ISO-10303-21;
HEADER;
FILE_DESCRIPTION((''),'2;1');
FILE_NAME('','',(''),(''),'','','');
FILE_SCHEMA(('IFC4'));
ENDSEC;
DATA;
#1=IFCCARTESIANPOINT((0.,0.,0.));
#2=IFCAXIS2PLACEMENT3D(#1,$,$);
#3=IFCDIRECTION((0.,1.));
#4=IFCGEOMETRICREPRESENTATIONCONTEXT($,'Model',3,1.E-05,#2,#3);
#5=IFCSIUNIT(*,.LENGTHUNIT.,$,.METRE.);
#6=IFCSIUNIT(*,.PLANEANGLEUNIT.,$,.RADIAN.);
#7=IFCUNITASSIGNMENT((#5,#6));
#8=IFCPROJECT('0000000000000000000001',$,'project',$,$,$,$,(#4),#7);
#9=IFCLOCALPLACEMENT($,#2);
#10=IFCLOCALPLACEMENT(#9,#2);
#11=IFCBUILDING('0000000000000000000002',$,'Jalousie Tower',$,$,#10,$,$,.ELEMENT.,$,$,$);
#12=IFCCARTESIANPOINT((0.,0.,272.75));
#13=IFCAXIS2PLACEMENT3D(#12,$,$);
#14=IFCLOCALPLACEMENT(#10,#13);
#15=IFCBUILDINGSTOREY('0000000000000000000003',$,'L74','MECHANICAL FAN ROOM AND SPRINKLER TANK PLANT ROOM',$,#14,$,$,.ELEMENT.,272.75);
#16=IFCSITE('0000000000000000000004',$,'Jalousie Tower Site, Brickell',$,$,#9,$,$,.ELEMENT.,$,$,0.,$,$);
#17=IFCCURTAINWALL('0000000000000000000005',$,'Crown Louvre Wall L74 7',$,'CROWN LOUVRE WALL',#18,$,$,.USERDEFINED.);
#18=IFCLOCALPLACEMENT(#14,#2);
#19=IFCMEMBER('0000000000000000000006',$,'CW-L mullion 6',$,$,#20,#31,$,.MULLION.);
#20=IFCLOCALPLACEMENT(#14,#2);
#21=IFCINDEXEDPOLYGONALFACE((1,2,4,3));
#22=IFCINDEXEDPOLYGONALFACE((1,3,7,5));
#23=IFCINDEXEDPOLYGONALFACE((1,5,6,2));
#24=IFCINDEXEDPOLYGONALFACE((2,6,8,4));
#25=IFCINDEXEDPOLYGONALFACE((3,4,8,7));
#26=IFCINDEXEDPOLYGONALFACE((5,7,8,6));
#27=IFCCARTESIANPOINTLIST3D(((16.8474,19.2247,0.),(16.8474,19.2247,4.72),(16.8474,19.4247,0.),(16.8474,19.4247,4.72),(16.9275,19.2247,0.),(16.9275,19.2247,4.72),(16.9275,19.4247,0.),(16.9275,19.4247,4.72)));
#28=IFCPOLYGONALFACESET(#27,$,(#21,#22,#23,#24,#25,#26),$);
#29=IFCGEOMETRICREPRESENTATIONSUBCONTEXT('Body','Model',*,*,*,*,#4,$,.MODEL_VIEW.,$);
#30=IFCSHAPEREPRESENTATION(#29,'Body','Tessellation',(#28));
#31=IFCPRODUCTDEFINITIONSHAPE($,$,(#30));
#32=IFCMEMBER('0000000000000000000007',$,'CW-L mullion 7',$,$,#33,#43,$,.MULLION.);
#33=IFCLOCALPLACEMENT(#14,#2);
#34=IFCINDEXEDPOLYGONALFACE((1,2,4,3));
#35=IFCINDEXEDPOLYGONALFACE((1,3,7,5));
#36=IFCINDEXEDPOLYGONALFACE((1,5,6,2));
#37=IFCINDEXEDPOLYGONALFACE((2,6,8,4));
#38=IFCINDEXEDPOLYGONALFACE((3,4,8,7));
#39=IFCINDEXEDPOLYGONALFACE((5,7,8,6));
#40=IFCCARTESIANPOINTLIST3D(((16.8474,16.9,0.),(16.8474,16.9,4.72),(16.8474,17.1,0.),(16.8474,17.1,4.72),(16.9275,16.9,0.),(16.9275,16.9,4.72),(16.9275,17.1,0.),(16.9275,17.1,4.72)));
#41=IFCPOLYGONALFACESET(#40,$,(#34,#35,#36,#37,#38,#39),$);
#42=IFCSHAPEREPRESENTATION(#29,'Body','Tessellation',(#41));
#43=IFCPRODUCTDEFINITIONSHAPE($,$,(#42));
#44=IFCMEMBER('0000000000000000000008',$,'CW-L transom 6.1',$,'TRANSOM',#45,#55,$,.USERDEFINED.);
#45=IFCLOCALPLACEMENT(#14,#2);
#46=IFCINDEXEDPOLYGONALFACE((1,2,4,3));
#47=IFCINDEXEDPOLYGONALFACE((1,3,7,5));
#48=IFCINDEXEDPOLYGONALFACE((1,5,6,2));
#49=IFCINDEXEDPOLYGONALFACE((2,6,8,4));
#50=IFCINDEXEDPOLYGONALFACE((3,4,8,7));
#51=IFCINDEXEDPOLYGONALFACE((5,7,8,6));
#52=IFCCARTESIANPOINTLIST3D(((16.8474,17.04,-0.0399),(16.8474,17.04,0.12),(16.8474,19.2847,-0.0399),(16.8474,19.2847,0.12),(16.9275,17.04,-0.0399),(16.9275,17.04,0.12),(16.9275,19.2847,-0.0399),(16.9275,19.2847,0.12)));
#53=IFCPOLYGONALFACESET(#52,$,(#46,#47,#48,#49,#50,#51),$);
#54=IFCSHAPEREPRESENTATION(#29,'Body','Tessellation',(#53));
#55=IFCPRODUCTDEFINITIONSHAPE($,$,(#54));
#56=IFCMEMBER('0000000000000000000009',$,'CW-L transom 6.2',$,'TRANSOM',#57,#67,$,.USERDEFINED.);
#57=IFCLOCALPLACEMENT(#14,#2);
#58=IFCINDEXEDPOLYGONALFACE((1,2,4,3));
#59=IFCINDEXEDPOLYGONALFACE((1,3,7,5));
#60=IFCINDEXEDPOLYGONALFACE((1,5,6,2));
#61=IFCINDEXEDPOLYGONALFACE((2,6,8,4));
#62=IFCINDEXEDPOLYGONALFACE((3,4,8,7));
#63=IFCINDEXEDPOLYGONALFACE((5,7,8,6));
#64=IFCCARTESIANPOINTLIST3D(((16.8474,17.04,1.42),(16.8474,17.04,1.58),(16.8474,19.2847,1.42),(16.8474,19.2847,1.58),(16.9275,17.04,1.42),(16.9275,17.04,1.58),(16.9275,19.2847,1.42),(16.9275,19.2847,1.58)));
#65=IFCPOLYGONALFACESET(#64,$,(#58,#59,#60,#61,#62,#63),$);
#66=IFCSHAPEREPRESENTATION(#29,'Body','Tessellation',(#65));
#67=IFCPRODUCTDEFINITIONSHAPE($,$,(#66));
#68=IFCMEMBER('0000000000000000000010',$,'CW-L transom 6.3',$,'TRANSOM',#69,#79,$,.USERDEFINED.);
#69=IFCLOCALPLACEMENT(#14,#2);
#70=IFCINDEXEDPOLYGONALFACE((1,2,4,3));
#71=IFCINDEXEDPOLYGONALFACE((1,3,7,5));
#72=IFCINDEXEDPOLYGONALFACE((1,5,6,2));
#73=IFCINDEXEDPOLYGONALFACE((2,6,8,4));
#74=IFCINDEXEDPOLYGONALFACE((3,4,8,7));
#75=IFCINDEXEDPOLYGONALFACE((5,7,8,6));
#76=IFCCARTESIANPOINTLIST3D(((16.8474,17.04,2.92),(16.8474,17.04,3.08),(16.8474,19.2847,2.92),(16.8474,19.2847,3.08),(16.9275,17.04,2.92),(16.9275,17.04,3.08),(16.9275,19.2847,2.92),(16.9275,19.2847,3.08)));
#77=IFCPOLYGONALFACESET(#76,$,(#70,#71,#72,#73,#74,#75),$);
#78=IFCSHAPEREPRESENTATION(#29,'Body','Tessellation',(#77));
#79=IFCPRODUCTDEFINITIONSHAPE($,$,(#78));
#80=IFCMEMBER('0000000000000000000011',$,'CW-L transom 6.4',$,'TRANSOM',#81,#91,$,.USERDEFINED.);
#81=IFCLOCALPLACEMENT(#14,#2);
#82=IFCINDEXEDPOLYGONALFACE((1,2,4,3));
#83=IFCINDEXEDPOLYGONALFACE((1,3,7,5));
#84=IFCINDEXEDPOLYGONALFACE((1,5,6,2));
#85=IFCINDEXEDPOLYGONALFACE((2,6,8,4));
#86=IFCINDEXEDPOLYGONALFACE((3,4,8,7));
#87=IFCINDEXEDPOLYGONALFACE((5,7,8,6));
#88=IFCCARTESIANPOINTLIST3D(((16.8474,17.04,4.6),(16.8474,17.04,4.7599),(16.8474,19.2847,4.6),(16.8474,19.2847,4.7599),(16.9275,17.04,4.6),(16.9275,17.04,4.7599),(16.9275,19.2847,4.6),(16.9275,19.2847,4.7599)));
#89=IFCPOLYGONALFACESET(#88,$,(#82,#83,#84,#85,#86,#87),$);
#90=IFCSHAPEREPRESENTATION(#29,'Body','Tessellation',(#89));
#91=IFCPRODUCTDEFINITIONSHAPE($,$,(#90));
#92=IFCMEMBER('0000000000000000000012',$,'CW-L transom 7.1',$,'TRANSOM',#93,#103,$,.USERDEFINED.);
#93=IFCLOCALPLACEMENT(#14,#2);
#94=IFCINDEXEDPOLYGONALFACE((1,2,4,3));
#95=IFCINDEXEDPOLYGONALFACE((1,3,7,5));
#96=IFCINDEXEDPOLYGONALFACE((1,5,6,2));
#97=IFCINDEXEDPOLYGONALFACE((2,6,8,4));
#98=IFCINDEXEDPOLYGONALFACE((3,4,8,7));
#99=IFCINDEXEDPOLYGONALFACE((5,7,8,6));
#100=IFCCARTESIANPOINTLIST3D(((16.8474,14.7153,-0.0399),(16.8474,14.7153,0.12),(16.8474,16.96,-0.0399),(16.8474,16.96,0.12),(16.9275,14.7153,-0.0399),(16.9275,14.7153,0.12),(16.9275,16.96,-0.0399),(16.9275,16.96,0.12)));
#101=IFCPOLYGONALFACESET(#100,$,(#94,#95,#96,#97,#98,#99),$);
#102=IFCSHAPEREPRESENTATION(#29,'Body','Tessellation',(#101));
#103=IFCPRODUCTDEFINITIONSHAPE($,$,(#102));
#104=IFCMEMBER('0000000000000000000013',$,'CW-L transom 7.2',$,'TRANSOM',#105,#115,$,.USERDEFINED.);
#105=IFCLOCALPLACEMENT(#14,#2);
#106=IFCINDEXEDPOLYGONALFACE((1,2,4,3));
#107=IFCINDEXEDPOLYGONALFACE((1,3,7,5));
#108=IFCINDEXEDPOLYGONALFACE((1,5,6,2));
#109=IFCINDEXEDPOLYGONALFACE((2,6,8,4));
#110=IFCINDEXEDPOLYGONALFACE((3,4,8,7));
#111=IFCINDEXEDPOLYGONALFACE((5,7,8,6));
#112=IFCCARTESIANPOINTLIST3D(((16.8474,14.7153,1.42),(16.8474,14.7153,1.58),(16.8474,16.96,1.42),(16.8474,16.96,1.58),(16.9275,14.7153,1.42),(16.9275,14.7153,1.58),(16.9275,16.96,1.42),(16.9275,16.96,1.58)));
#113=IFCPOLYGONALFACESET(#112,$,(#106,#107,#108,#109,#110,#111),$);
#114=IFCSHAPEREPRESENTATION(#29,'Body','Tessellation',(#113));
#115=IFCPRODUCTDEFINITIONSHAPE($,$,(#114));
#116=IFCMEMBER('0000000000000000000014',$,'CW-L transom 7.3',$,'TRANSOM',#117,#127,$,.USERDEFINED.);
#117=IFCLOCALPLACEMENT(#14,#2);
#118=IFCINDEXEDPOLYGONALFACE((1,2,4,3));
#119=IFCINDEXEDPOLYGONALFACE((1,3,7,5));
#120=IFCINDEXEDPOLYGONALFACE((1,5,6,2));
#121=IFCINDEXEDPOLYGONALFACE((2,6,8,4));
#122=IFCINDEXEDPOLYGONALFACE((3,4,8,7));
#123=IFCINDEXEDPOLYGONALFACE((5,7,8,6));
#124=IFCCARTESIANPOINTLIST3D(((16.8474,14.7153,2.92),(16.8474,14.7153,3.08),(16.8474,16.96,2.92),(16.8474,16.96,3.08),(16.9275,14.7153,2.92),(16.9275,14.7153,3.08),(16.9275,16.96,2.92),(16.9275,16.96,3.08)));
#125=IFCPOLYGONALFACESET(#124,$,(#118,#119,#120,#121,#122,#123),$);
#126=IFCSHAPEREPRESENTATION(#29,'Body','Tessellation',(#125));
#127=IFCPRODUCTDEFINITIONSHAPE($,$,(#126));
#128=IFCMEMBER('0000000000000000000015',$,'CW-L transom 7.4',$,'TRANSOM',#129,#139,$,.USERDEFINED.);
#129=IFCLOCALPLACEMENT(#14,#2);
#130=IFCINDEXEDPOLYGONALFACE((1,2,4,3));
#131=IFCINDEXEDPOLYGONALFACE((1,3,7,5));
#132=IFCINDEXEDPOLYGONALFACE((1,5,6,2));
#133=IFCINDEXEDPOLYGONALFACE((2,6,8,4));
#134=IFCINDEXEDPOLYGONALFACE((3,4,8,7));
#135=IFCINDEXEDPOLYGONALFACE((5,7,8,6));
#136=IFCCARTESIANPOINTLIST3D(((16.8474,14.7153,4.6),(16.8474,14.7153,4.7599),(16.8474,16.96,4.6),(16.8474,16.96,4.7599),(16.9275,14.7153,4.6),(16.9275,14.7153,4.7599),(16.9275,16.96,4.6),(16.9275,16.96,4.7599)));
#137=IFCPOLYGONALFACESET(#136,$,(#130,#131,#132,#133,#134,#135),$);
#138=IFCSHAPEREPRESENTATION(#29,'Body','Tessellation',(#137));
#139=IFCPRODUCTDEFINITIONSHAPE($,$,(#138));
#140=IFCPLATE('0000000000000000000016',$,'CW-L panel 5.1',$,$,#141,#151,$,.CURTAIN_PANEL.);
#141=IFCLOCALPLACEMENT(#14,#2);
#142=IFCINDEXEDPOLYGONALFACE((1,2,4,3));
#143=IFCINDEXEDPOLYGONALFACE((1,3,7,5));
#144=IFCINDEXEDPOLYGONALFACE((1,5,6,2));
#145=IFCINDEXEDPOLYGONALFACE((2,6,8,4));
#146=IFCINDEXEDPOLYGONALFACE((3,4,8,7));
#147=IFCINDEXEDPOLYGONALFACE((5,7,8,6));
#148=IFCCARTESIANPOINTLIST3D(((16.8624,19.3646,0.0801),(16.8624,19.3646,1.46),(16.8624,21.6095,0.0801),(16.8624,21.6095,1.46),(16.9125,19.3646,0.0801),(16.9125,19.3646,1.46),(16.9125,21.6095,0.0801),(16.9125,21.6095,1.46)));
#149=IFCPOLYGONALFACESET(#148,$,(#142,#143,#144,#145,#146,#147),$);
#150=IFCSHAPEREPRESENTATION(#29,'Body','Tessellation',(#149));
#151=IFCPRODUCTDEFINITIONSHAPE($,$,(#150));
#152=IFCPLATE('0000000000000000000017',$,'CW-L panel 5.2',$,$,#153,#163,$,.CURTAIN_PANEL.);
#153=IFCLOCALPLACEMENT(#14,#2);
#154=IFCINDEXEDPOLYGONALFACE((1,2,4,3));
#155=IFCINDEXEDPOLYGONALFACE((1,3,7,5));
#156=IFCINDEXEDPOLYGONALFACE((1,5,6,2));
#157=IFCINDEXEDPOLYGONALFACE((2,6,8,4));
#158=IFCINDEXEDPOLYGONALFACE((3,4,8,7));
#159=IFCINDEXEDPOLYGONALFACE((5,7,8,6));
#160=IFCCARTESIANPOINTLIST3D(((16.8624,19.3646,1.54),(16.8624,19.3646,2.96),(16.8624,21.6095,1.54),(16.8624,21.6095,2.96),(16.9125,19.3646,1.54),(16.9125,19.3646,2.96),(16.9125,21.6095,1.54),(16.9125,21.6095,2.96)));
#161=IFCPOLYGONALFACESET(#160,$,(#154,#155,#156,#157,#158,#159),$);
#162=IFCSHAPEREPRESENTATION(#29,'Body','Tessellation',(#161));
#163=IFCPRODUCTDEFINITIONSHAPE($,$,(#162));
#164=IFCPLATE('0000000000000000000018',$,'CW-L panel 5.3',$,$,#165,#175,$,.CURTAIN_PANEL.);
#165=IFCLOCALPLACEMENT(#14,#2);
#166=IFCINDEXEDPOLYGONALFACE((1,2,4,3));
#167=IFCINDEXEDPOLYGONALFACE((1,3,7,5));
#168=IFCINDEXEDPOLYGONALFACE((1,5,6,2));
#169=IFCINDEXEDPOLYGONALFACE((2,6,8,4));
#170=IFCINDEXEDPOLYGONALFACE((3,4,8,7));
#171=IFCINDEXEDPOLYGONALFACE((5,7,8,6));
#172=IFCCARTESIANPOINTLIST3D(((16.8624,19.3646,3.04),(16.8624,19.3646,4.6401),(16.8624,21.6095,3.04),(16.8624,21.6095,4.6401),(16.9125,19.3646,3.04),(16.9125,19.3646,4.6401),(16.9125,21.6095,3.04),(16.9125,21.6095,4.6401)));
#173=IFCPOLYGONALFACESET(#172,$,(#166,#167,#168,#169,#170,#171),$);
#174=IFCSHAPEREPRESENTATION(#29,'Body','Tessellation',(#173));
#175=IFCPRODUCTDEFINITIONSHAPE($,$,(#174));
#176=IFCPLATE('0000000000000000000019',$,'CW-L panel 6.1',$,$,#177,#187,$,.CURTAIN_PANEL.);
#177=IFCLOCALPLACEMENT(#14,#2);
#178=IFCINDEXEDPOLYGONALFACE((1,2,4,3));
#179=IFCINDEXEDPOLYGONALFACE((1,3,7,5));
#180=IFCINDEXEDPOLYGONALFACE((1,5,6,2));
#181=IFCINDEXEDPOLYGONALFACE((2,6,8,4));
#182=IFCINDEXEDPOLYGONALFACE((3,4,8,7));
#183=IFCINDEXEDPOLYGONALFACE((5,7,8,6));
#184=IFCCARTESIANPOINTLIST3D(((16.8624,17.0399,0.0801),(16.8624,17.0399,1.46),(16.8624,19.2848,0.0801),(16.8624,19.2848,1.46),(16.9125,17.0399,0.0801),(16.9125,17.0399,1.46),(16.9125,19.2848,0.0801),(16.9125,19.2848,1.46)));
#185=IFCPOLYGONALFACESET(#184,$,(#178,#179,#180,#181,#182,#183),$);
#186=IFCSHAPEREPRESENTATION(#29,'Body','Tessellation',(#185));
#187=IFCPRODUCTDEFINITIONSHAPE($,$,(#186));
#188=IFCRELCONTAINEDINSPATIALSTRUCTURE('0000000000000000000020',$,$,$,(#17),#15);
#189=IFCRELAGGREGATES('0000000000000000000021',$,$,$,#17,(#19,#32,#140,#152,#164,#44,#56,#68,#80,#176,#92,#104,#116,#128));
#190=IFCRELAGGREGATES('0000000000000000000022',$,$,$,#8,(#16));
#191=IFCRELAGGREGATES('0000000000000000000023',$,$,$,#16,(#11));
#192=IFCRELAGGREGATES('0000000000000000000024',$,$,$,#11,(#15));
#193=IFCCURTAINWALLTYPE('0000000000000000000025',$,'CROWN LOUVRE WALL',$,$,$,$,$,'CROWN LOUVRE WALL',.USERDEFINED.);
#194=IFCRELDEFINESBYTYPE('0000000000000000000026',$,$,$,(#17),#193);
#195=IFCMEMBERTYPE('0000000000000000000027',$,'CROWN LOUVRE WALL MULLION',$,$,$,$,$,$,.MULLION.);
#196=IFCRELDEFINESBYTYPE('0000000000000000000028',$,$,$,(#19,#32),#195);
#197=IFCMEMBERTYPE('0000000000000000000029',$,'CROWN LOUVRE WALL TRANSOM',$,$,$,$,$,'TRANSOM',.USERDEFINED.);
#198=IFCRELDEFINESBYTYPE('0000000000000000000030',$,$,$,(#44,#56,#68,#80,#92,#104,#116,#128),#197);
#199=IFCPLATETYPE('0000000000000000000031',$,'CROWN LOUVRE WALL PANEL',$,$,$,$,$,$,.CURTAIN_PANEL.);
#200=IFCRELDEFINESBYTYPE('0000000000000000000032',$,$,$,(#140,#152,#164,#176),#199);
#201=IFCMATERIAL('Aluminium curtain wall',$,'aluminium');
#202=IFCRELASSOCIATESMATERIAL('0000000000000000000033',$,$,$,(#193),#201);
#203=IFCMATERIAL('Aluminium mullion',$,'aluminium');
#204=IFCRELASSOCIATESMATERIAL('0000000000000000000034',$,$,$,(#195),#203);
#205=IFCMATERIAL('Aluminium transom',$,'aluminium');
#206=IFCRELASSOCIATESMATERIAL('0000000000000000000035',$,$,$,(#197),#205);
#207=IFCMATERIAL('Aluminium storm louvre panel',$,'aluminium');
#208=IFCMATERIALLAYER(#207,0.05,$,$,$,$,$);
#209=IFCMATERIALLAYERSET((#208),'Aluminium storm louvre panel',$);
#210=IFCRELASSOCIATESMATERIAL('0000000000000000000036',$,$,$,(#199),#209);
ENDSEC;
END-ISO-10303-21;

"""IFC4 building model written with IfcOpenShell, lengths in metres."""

from ifc_helpers import new_model, si_unit, direction, frame, origin, origin_2d, place, context, subcontext, project, spatial, rectangle, extrude, material, layer, layer_set, material_profile, profile_set, type_object, element, aggregate, save


model = new_model("IFC4")

# Units and contexts
model_context = context("Model", 3, precision=1e-05, world=origin(), true_north=direction((0.0, 1.0)))
body_context = subcontext(model_context, "Body", "Model", "MODEL_VIEW")
ifc_project = project(units=[si_unit("LENGTHUNIT", "METRE"), si_unit("PLANEANGLEUNIT", "RADIAN")], contexts=[model_context])

# Site, building, storey
site_placement = place(None, origin())
site = spatial("IfcSite", under=ifc_project, at=site_placement, Name="Jalousie Tower Site, Brickell", CompositionType="ELEMENT", RefElevation=0.0)
building_placement = place(site_placement, origin())
building = spatial("IfcBuilding", under=site, at=building_placement, Name="Jalousie Tower", CompositionType="ELEMENT")
storey_placement = place(building_placement, frame((0.0, 0.0, 272.75)))
storey = spatial("IfcBuildingStorey", under=building, at=storey_placement, Name="L74", Description="MECHANICAL FAN ROOM AND SPRINKLER TANK PLANT ROOM", CompositionType="ELEMENT", Elevation=272.75)

# Curtain wall, members, plates
ifc_material_1 = material(Name="Aluminium curtain wall", Category="aluminium")
curtain_wall_type = type_object("IfcCurtainWallType", Name="CROWN LOUVRE WALL", ElementType="CROWN LOUVRE WALL", PredefinedType="USERDEFINED", material=ifc_material_1)
curtain_wall_placement = place(storey_placement, origin())
curtain_wall = element("IfcCurtainWall", 1, at=curtain_wall_placement, inside=storey, type_object=curtain_wall_type, Name="Crown Louvre Wall L74 7", ObjectType="CROWN LOUVRE WALL", PredefinedType="USERDEFINED")
ifc_material_2 = material(Name="Aluminium mullion", Category="aluminium")
ifc_material_profile_1 = material_profile(ifc_material_2, rectangle(XDim=0.0801, YDim=0.2, at=origin_2d()), Name="MULLION 80x200")
ifc_profile_set_1 = profile_set([ifc_material_profile_1], Name="Aluminium mullion")
member_type_1 = type_object("IfcMemberType", Name="CROWN LOUVRE WALL MULLION", PredefinedType="MULLION", material=ifc_profile_set_1)
member_1_placement = place(storey_placement, frame((16.8875, 19.3247, 0.0), z_axis=(0.0, 0.0, 1.0), x_axis=(1.0, 0.0, 0.0)))
member_1 = element("IfcMember", 2, at=member_1_placement, type_object=member_type_1, Name="CW-L mullion 6", PredefinedType="MULLION", context=body_context, shape_type="SweptSolid", body=[
    extrude(rectangle(XDim=0.0801, YDim=0.2, at=origin_2d()), origin(), (0.0, 0.0, 1.0), 4.72),
])
member_2_placement = place(storey_placement, frame((16.8875, 17.0, 0.0), z_axis=(0.0, 0.0, 1.0), x_axis=(1.0, 0.0, 0.0)))
member_2 = element("IfcMember", 3, at=member_2_placement, type_object=member_type_1, Name="CW-L mullion 7", PredefinedType="MULLION", context=body_context, shape_type="SweptSolid", body=[
    extrude(rectangle(XDim=0.0801, YDim=0.2, at=origin_2d()), origin(), (0.0, 0.0, 1.0), 4.72),
])
ifc_material_3 = material(Name="Aluminium transom", Category="aluminium")
ifc_material_profile_2 = material_profile(ifc_material_3, rectangle(XDim=0.0801, YDim=0.1599, at=origin_2d()), Name="TRANSOM 80x160")
ifc_profile_set_2 = profile_set([ifc_material_profile_2], Name="Aluminium transom")
member_type_2 = type_object("IfcMemberType", Name="CROWN LOUVRE WALL TRANSOM", ElementType="TRANSOM", PredefinedType="USERDEFINED", material=ifc_profile_set_2)
member_3_placement = place(storey_placement, frame((16.8875, 19.2847, 0.04), z_axis=(0.0, -1.0, 0.0), x_axis=(1.0, 0.0, 0.0)))
member_3 = element("IfcMember", 4, at=member_3_placement, type_object=member_type_2, Name="CW-L transom 6.1", ObjectType="TRANSOM", PredefinedType="USERDEFINED", context=body_context, shape_type="SweptSolid", body=[
    extrude(rectangle(XDim=0.0801, YDim=0.1599, at=origin_2d()), origin(), (0.0, 0.0, 1.0), 2.2446),
])
member_4_placement = place(storey_placement, frame((16.8875, 19.2847, 1.5), z_axis=(0.0, -1.0, 0.0), x_axis=(1.0, 0.0, 0.0)))
member_4 = element("IfcMember", 5, at=member_4_placement, type_object=member_type_2, Name="CW-L transom 6.2", ObjectType="TRANSOM", PredefinedType="USERDEFINED", context=body_context, shape_type="SweptSolid", body=[
    extrude(rectangle(XDim=0.0801, YDim=0.1599, at=origin_2d()), origin(), (0.0, 0.0, 1.0), 2.2446),
])
member_5_placement = place(storey_placement, frame((16.8875, 19.2847, 3.0), z_axis=(0.0, -1.0, 0.0), x_axis=(1.0, 0.0, 0.0)))
member_5 = element("IfcMember", 6, at=member_5_placement, type_object=member_type_2, Name="CW-L transom 6.3", ObjectType="TRANSOM", PredefinedType="USERDEFINED", context=body_context, shape_type="SweptSolid", body=[
    extrude(rectangle(XDim=0.0801, YDim=0.1599, at=origin_2d()), origin(), (0.0, 0.0, 1.0), 2.2446),
])
member_6_placement = place(storey_placement, frame((16.8875, 19.2847, 4.6799), z_axis=(0.0, -1.0, 0.0), x_axis=(1.0, 0.0, 0.0)))
member_6 = element("IfcMember", 7, at=member_6_placement, type_object=member_type_2, Name="CW-L transom 6.4", ObjectType="TRANSOM", PredefinedType="USERDEFINED", context=body_context, shape_type="SweptSolid", body=[
    extrude(rectangle(XDim=0.0801, YDim=0.1599, at=origin_2d()), origin(), (0.0, 0.0, 1.0), 2.2446),
])
member_7_placement = place(storey_placement, frame((16.8875, 16.96, 0.04), z_axis=(0.0, -1.0, 0.0), x_axis=(1.0, 0.0, 0.0)))
member_7 = element("IfcMember", 8, at=member_7_placement, type_object=member_type_2, Name="CW-L transom 7.1", ObjectType="TRANSOM", PredefinedType="USERDEFINED", context=body_context, shape_type="SweptSolid", body=[
    extrude(rectangle(XDim=0.0801, YDim=0.1599, at=origin_2d()), origin(), (0.0, 0.0, 1.0), 2.2446),
])
member_8_placement = place(storey_placement, frame((16.8875, 16.96, 1.5), z_axis=(0.0, -1.0, 0.0), x_axis=(1.0, 0.0, 0.0)))
member_8 = element("IfcMember", 9, at=member_8_placement, type_object=member_type_2, Name="CW-L transom 7.2", ObjectType="TRANSOM", PredefinedType="USERDEFINED", context=body_context, shape_type="SweptSolid", body=[
    extrude(rectangle(XDim=0.0801, YDim=0.1599, at=origin_2d()), origin(), (0.0, 0.0, 1.0), 2.2446),
])
member_9_placement = place(storey_placement, frame((16.8875, 16.96, 3.0), z_axis=(0.0, -1.0, 0.0), x_axis=(1.0, 0.0, 0.0)))
member_9 = element("IfcMember", 10, at=member_9_placement, type_object=member_type_2, Name="CW-L transom 7.3", ObjectType="TRANSOM", PredefinedType="USERDEFINED", context=body_context, shape_type="SweptSolid", body=[
    extrude(rectangle(XDim=0.0801, YDim=0.1599, at=origin_2d()), origin(), (0.0, 0.0, 1.0), 2.2446),
])
member_10_placement = place(storey_placement, frame((16.8875, 16.96, 4.6799), z_axis=(0.0, -1.0, 0.0), x_axis=(1.0, 0.0, 0.0)))
member_10 = element("IfcMember", 11, at=member_10_placement, type_object=member_type_2, Name="CW-L transom 7.4", ObjectType="TRANSOM", PredefinedType="USERDEFINED", context=body_context, shape_type="SweptSolid", body=[
    extrude(rectangle(XDim=0.0801, YDim=0.1599, at=origin_2d()), origin(), (0.0, 0.0, 1.0), 2.2446),
])
ifc_material_4 = material(Name="Aluminium storm louvre panel", Category="aluminium")
ifc_layer_1 = layer(ifc_material_4, 0.05)
ifc_layer_set_1 = layer_set([ifc_layer_1], Name="Aluminium storm louvre panel")
plate_type = type_object("IfcPlateType", Name="CROWN LOUVRE WALL PANEL", PredefinedType="CURTAIN_PANEL", material=ifc_layer_set_1)
plate_1_placement = place(storey_placement, frame((16.8875, 20.4871, 0.0801), z_axis=(0.0, 0.0, 1.0), x_axis=(0.0, -1.0, 0.0)))
plate_1 = element("IfcPlate", 12, at=plate_1_placement, type_object=plate_type, Name="CW-L panel 5.1", PredefinedType="CURTAIN_PANEL", context=body_context, shape_type="SweptSolid", body=[
    extrude(rectangle(XDim=2.2449, YDim=0.05, at=origin_2d()), origin(), (0.0, 0.0, 1.0), 1.3799),
])
plate_2_placement = place(storey_placement, frame((16.8875, 20.4871, 1.54), z_axis=(0.0, 0.0, 1.0), x_axis=(0.0, -1.0, 0.0)))
plate_2 = element("IfcPlate", 13, at=plate_2_placement, type_object=plate_type, Name="CW-L panel 5.2", PredefinedType="CURTAIN_PANEL", context=body_context, shape_type="SweptSolid", body=[
    extrude(rectangle(XDim=2.2449, YDim=0.05, at=origin_2d()), origin(), (0.0, 0.0, 1.0), 1.4199),
])
plate_3_placement = place(storey_placement, frame((16.8875, 20.4871, 3.04), z_axis=(0.0, 0.0, 1.0), x_axis=(0.0, -1.0, 0.0)))
plate_3 = element("IfcPlate", 14, at=plate_3_placement, type_object=plate_type, Name="CW-L panel 5.3", PredefinedType="CURTAIN_PANEL", context=body_context, shape_type="SweptSolid", body=[
    extrude(rectangle(XDim=2.2449, YDim=0.05, at=origin_2d()), origin(), (0.0, 0.0, 1.0), 1.6001),
])
plate_4_placement = place(storey_placement, frame((16.8875, 18.1624, 0.0801), z_axis=(0.0, 0.0, 1.0), x_axis=(0.0, -1.0, 0.0)))
plate_4 = element("IfcPlate", 15, at=plate_4_placement, type_object=plate_type, Name="CW-L panel 6.1", PredefinedType="CURTAIN_PANEL", context=body_context, shape_type="SweptSolid", body=[
    extrude(rectangle(XDim=2.2449, YDim=0.05, at=origin_2d()), origin(), (0.0, 0.0, 1.0), 1.3799),
])
aggregate(curtain_wall, [member_1, member_2, plate_1, plate_2, plate_3, member_3, member_4, member_5, member_6, plate_4, member_7, member_8, member_9, member_10])

save(model, "model.ifc")
